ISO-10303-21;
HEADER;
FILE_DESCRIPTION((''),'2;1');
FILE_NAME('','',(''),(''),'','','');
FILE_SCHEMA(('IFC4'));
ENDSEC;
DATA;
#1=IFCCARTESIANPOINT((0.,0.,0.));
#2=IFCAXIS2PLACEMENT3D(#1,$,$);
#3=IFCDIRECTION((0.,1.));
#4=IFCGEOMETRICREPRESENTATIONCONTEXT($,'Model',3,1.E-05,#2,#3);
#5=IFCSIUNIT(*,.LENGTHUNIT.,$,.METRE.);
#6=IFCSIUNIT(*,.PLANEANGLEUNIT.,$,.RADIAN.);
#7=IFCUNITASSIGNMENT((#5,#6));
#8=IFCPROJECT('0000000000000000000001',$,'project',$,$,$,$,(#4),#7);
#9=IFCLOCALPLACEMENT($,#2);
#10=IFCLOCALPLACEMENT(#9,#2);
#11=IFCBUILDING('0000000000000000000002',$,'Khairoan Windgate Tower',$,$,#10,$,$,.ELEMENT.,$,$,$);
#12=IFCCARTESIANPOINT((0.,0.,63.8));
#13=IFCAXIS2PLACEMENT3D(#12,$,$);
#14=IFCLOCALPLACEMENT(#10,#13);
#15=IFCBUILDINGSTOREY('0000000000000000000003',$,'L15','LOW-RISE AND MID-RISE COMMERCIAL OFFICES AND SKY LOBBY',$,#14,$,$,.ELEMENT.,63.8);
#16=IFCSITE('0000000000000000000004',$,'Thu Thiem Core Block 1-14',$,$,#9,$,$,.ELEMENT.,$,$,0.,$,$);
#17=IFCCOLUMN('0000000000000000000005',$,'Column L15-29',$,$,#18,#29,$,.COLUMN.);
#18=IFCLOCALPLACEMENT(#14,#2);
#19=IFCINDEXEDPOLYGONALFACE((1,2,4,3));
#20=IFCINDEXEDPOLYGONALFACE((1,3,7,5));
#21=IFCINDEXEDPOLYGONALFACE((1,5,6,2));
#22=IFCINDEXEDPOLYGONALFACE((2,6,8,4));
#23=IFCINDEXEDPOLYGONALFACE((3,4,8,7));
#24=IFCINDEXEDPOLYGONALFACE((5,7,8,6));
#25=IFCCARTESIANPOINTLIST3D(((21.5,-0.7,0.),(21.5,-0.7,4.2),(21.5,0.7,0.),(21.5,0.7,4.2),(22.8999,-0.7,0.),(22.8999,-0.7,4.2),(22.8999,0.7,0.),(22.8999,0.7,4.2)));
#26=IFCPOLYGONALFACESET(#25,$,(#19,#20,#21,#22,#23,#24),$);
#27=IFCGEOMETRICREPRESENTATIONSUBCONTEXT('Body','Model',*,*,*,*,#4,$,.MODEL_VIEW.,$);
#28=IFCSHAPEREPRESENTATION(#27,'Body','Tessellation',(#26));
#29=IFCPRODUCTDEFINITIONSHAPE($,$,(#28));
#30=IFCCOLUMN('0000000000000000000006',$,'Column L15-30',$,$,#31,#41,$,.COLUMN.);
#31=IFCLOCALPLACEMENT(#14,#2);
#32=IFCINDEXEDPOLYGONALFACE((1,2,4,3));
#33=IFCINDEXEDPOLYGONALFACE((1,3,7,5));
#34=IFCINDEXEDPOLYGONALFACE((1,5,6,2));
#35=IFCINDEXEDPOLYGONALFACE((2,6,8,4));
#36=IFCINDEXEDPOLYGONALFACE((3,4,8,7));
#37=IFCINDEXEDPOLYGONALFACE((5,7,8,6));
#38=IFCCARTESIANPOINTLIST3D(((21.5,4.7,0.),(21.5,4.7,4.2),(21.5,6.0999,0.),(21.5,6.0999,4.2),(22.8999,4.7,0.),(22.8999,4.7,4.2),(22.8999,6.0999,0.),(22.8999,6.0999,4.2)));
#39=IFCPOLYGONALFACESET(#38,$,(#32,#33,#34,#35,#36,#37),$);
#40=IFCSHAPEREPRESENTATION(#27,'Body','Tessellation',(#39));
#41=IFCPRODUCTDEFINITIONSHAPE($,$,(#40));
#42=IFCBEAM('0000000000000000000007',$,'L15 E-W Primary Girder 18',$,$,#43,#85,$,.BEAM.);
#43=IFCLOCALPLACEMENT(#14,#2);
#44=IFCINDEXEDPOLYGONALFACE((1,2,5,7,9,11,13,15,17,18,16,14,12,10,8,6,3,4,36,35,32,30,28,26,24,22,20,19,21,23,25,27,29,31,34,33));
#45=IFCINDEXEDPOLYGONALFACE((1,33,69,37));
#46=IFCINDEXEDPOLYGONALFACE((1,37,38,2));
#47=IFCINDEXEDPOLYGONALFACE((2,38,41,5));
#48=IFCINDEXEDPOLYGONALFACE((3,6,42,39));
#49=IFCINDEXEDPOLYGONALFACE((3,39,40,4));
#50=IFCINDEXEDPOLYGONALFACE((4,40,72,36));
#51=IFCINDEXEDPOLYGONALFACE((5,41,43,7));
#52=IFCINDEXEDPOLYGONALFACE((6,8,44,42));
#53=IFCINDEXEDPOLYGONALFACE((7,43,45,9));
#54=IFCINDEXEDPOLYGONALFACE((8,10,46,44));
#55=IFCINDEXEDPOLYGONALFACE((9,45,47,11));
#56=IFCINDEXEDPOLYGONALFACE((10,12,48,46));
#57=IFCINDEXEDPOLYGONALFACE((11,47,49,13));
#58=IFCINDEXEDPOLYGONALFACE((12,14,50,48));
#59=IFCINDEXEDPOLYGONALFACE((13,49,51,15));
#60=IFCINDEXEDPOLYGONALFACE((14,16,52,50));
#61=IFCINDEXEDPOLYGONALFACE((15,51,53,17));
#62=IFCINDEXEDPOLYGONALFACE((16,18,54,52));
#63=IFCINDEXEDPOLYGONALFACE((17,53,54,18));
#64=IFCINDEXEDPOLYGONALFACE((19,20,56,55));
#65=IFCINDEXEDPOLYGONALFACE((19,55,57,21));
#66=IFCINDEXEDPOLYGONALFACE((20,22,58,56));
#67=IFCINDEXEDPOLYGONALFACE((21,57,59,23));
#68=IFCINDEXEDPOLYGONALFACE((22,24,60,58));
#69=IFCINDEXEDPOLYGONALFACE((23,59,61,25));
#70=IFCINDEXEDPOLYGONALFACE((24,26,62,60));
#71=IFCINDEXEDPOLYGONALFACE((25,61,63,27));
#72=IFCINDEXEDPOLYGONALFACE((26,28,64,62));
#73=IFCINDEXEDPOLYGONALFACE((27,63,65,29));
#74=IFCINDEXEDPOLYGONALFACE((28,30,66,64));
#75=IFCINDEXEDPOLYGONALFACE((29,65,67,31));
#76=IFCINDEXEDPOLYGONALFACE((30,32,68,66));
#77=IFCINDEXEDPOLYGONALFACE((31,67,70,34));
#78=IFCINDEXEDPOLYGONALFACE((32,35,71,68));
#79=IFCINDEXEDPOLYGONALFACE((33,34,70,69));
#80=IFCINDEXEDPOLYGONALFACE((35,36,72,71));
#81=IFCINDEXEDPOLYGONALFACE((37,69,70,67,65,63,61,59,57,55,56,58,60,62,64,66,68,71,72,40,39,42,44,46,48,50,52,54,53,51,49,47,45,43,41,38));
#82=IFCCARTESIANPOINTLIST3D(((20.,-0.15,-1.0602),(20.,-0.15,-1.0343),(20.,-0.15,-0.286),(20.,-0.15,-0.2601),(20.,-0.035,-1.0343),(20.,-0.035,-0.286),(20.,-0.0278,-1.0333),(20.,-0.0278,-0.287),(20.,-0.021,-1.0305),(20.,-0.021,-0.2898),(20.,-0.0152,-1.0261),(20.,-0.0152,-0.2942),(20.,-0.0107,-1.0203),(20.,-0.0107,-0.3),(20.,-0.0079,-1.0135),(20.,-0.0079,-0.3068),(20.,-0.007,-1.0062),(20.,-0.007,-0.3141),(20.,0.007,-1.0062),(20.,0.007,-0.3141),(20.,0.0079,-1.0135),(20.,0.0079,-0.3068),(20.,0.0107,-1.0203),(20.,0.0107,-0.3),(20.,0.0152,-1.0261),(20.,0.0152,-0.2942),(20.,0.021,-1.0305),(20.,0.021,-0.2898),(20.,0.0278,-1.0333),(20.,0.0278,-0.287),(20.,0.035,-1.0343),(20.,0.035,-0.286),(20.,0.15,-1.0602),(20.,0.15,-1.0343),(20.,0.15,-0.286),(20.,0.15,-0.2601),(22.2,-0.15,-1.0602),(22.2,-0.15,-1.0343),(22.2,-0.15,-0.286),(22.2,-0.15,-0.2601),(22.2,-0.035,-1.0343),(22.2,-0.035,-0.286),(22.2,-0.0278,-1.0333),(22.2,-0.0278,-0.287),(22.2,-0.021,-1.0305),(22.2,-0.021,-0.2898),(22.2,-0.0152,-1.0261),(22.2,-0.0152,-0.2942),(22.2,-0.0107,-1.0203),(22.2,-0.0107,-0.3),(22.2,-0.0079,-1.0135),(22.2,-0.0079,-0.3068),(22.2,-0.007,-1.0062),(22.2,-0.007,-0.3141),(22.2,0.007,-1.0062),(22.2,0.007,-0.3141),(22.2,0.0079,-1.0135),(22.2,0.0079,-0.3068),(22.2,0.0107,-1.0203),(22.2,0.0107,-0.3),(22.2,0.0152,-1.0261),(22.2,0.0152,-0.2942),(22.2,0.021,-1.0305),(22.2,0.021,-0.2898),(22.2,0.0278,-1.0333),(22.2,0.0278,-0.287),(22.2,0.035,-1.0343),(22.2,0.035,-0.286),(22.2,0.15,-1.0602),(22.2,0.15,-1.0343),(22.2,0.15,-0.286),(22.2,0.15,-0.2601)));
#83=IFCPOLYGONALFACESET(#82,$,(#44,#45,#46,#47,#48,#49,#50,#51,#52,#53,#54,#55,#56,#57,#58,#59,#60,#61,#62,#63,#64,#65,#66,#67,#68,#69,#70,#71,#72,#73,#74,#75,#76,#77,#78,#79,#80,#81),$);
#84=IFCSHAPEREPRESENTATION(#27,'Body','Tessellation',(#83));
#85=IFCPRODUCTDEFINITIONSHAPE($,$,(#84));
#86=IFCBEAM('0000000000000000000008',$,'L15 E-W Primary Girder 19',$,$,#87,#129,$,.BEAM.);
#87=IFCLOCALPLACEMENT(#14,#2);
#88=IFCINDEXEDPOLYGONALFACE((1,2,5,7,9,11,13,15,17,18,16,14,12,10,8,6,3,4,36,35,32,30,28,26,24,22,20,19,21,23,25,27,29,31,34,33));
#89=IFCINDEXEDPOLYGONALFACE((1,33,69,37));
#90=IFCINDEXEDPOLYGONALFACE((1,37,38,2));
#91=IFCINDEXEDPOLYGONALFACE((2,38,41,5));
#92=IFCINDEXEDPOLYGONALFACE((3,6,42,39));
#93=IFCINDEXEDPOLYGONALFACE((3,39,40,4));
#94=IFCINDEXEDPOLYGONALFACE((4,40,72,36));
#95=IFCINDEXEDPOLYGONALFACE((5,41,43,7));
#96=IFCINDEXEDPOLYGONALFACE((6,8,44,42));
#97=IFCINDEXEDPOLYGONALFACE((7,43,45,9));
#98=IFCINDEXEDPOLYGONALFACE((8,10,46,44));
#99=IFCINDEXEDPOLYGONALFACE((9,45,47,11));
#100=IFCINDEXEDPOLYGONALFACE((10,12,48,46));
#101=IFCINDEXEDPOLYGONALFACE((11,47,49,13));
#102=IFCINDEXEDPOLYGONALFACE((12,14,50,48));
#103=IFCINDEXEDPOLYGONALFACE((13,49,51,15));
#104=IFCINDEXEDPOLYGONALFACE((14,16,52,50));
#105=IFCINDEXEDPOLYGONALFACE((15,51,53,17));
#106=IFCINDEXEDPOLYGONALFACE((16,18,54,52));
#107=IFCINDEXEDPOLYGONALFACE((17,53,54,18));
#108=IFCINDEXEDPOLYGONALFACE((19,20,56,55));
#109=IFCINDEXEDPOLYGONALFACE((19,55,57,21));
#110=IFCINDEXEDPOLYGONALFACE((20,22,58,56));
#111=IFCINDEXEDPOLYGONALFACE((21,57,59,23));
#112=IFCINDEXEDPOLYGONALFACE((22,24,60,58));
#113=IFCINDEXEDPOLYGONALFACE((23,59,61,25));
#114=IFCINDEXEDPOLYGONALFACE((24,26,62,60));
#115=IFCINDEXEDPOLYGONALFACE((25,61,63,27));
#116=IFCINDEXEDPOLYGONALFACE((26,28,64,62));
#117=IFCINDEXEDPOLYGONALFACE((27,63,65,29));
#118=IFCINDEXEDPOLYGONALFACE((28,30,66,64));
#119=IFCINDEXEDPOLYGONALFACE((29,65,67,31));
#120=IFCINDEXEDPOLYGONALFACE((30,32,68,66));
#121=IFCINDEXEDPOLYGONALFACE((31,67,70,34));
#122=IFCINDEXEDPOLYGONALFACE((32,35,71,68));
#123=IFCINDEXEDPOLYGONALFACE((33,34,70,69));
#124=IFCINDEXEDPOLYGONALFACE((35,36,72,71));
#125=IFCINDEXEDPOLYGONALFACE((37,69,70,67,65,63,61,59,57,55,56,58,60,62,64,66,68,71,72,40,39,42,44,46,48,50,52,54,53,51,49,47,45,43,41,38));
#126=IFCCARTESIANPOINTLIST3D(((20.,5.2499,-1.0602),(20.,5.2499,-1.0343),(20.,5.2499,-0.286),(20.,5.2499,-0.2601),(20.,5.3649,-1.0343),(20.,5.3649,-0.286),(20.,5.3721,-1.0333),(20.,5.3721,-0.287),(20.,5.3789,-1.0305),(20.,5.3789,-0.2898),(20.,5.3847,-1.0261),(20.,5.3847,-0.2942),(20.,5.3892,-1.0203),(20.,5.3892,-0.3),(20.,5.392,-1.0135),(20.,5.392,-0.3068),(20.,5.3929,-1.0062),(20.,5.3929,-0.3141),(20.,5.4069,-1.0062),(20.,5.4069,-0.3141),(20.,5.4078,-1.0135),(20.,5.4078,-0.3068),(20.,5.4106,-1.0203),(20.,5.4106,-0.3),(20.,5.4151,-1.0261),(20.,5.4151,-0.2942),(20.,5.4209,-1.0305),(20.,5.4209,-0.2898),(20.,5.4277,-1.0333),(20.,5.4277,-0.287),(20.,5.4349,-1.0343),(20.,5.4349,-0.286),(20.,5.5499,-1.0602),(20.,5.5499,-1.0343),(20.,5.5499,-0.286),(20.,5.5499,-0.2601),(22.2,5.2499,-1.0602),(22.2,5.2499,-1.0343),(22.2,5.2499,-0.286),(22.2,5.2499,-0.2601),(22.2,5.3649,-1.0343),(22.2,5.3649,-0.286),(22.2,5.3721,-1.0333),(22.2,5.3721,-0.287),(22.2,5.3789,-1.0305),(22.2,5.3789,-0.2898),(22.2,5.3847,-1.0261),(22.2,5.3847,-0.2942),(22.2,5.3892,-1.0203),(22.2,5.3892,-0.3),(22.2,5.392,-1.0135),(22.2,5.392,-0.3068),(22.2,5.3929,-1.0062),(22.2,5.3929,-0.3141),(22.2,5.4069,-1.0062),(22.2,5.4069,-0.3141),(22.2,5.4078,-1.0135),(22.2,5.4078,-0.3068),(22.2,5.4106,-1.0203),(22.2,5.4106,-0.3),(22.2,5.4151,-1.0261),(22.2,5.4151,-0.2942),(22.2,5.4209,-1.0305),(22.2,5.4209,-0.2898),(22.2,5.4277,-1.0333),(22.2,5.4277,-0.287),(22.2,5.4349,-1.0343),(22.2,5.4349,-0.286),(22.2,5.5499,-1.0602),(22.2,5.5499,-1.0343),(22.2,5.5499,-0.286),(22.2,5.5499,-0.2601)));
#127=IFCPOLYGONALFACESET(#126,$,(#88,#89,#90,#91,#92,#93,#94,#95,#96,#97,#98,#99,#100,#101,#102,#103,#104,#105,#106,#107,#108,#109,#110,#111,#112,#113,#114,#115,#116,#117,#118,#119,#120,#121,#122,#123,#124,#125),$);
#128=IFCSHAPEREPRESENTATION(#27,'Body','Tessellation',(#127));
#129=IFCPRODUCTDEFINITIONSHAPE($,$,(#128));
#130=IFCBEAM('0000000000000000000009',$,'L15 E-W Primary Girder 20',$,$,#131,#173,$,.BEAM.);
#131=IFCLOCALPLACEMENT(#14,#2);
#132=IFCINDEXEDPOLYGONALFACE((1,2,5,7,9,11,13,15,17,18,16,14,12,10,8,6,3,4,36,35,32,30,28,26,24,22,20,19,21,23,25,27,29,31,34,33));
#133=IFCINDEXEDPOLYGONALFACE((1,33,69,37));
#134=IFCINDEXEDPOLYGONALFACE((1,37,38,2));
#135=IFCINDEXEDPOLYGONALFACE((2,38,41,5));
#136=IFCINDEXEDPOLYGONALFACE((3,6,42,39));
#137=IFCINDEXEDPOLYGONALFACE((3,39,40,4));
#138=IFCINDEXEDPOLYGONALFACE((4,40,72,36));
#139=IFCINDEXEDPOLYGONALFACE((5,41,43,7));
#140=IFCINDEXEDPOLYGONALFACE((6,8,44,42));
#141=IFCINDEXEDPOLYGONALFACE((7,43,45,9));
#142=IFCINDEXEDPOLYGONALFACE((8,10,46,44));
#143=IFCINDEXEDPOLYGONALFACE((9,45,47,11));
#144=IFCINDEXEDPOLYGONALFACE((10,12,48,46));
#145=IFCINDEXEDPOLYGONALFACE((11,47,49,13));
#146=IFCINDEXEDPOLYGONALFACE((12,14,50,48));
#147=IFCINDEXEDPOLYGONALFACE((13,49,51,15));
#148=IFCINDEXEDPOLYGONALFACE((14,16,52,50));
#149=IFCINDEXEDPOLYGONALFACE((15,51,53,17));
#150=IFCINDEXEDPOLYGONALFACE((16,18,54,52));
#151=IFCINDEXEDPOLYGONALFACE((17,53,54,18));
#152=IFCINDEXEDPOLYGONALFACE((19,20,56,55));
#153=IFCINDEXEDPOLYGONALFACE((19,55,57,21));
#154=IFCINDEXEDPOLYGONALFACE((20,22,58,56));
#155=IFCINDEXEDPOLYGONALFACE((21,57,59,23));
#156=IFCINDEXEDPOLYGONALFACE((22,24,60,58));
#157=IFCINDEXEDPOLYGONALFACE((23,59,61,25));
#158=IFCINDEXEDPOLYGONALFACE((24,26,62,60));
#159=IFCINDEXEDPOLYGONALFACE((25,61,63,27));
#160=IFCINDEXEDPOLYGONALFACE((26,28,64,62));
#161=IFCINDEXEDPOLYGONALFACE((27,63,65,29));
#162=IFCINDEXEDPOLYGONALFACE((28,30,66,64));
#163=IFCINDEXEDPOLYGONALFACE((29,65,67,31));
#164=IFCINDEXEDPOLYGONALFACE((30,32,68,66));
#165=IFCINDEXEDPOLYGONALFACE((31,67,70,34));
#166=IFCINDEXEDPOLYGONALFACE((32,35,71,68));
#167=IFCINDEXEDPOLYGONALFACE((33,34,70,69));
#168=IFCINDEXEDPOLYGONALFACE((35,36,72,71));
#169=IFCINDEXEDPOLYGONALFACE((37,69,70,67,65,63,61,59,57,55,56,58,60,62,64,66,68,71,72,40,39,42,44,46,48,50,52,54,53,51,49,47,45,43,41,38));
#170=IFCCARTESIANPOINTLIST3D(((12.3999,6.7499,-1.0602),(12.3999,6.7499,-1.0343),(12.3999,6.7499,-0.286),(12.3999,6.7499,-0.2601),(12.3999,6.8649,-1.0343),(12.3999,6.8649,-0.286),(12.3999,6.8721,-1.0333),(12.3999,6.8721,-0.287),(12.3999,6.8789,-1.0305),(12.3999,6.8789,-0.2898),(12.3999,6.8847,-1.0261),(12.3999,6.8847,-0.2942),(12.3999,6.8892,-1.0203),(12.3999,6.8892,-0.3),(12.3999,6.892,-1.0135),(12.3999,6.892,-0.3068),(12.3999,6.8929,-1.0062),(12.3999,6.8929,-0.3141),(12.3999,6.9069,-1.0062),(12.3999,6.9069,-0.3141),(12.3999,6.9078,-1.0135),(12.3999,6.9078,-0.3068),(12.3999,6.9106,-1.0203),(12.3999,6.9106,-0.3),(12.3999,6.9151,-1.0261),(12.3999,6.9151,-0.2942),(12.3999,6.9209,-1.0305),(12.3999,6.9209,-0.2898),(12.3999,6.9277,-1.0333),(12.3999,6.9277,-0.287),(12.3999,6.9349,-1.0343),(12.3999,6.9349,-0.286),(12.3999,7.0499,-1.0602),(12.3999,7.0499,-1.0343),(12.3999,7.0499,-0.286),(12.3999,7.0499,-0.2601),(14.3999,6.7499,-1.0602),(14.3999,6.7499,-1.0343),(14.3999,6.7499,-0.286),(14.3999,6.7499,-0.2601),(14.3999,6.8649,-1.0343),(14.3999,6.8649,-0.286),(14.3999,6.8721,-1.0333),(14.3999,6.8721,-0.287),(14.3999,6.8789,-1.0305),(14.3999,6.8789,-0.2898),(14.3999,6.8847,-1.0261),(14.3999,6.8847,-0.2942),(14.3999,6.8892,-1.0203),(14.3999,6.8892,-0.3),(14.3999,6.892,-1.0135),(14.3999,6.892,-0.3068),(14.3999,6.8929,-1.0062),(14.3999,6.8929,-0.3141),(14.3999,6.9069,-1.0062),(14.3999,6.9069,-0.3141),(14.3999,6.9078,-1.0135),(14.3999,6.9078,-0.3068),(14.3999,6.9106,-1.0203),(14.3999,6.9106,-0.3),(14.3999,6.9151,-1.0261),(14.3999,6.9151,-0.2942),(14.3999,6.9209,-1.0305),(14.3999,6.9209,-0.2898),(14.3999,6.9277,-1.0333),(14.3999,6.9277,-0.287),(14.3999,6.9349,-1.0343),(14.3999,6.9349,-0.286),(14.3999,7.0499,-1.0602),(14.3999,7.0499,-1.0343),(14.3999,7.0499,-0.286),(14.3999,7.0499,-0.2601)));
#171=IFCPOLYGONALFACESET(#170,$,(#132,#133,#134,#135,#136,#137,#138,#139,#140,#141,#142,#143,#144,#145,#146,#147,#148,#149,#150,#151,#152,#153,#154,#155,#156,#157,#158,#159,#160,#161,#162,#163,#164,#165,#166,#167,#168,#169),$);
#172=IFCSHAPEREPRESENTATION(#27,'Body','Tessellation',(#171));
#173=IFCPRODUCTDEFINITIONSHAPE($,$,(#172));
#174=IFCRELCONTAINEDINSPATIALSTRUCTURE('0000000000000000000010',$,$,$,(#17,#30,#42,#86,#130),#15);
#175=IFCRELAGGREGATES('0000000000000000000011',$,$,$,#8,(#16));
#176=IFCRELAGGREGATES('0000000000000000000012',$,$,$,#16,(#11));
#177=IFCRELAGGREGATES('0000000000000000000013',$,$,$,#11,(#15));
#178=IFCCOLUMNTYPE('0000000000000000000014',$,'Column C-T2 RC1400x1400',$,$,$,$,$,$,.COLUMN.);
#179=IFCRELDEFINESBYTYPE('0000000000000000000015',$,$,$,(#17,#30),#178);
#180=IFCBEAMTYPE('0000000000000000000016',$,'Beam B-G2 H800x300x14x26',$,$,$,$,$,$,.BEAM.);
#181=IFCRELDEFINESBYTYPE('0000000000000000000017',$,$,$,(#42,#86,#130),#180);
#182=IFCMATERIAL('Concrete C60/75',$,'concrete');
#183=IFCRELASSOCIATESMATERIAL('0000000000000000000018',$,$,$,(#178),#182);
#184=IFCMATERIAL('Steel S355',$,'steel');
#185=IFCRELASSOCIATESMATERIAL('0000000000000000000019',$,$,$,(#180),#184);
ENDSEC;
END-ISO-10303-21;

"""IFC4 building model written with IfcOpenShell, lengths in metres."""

from ifc_helpers import new_model, si_unit, direction, frame, origin, origin_2d, place, context, subcontext, project, spatial, rectangle, i_section, extrude, material, material_profile, profile_set, type_object, element, save


model = new_model("IFC4")

# Units and contexts
model_context = context("Model", 3, precision=1e-05, world=origin(), true_north=direction((0.0, 1.0)))
body_context = subcontext(model_context, "Body", "Model", "MODEL_VIEW")
ifc_project = project(units=[si_unit("LENGTHUNIT", "METRE"), si_unit("PLANEANGLEUNIT", "RADIAN")], contexts=[model_context])

# Site, building, storey
site_placement = place(None, origin())
site = spatial("IfcSite", under=ifc_project, at=site_placement, Name="Thu Thiem Core Block 1-14", CompositionType="ELEMENT", RefElevation=0.0)
building_placement = place(site_placement, origin())
building = spatial("IfcBuilding", under=site, at=building_placement, Name="Khairoan Windgate Tower", CompositionType="ELEMENT")
storey_placement = place(building_placement, frame((0.0, 0.0, 63.8)))
storey = spatial("IfcBuildingStorey", under=building, at=storey_placement, Name="L15", Description="LOW-RISE AND MID-RISE COMMERCIAL OFFICES AND SKY LOBBY", CompositionType="ELEMENT", Elevation=63.8)

# Columns
ifc_material_1 = material(Name="Concrete C60/75", Category="concrete")
ifc_material_profile_1 = material_profile(ifc_material_1, rectangle(XDim=1.3999, YDim=1.3999, at=origin_2d()))
ifc_profile_set_1 = profile_set([ifc_material_profile_1], Name="Concrete C60/75")
column_type = type_object("IfcColumnType", Name="Column C-T2 RC1400x1400", PredefinedType="COLUMN", material=ifc_profile_set_1)
for number, where, z_axis, x_axis, name in (
    (1, (22.2, 0.0, 0.0), (0.0, 0.0, 1.0), (1.0, 0.0, 0.0), "Column L15-29"),
    (2, (22.2, 5.3999, 0.0), (0.0, 0.0, 1.0), (1.0, 0.0, 0.0), "Column L15-30"),
):
    element("IfcColumn", number, at=place(storey_placement, frame(where, z_axis=z_axis, x_axis=x_axis)), inside=storey, type_object=column_type, Name=name, PredefinedType="COLUMN", context=body_context, shape_type="SweptSolid", body=[
        extrude(rectangle(XDim=1.3999, YDim=1.3999, at=origin_2d()), origin(), (0.0, 0.0, 1.0), 4.2),
    ])

# Beams
ifc_material_2 = material(Name="Steel S355", Category="steel")
ifc_material_profile_2 = material_profile(ifc_material_2, i_section(OverallWidth=0.3, OverallDepth=0.8, WebThickness=0.0139, FlangeThickness=0.0259, FilletRadius=0.0281, at=origin_2d()))
ifc_profile_set_2 = profile_set([ifc_material_profile_2], Name="Steel S355")
beam_type_1 = type_object("IfcBeamType", Name="Beam B-G2 H800x300x14x26", PredefinedType="BEAM", material=ifc_profile_set_2)
for number, where, z_axis, x_axis, name in (
    (3, (20.0, 0.0, -0.6602), (1.0, 0.0, 0.0), (0.0, 1.0, 0.0), "L15 E-W Primary Girder 18"),
    (4, (20.0, 5.3999, -0.6602), (1.0, 0.0, 0.0), (0.0, 1.0, 0.0), "L15 E-W Primary Girder 19"),
):
    element("IfcBeam", number, at=place(storey_placement, frame(where, z_axis=z_axis, x_axis=x_axis)), inside=storey, type_object=beam_type_1, Name=name, PredefinedType="BEAM", context=body_context, shape_type="SweptSolid", body=[
        extrude(i_section(OverallWidth=0.3, OverallDepth=0.8, WebThickness=0.0139, FlangeThickness=0.0259, FilletRadius=0.0281, at=origin_2d()), origin(), (0.0, 0.0, 1.0), 2.2),
    ])
beam_1_placement = place(storey_placement, frame((12.3999, 6.8999, -0.6602), z_axis=(1.0, 0.0, 0.0), x_axis=(0.0, 1.0, 0.0)))
element("IfcBeam", 5, at=beam_1_placement, inside=storey, type_object=beam_type_1, Name="L15 E-W Primary Girder 20", PredefinedType="BEAM", context=body_context, shape_type="SweptSolid", body=[
    extrude(i_section(OverallWidth=0.3, OverallDepth=0.8, WebThickness=0.0139, FlangeThickness=0.0259, FilletRadius=0.0281, at=origin_2d()), origin(), (0.0, 0.0, 1.0), 2.0),
])

save(model, "model.ifc")
